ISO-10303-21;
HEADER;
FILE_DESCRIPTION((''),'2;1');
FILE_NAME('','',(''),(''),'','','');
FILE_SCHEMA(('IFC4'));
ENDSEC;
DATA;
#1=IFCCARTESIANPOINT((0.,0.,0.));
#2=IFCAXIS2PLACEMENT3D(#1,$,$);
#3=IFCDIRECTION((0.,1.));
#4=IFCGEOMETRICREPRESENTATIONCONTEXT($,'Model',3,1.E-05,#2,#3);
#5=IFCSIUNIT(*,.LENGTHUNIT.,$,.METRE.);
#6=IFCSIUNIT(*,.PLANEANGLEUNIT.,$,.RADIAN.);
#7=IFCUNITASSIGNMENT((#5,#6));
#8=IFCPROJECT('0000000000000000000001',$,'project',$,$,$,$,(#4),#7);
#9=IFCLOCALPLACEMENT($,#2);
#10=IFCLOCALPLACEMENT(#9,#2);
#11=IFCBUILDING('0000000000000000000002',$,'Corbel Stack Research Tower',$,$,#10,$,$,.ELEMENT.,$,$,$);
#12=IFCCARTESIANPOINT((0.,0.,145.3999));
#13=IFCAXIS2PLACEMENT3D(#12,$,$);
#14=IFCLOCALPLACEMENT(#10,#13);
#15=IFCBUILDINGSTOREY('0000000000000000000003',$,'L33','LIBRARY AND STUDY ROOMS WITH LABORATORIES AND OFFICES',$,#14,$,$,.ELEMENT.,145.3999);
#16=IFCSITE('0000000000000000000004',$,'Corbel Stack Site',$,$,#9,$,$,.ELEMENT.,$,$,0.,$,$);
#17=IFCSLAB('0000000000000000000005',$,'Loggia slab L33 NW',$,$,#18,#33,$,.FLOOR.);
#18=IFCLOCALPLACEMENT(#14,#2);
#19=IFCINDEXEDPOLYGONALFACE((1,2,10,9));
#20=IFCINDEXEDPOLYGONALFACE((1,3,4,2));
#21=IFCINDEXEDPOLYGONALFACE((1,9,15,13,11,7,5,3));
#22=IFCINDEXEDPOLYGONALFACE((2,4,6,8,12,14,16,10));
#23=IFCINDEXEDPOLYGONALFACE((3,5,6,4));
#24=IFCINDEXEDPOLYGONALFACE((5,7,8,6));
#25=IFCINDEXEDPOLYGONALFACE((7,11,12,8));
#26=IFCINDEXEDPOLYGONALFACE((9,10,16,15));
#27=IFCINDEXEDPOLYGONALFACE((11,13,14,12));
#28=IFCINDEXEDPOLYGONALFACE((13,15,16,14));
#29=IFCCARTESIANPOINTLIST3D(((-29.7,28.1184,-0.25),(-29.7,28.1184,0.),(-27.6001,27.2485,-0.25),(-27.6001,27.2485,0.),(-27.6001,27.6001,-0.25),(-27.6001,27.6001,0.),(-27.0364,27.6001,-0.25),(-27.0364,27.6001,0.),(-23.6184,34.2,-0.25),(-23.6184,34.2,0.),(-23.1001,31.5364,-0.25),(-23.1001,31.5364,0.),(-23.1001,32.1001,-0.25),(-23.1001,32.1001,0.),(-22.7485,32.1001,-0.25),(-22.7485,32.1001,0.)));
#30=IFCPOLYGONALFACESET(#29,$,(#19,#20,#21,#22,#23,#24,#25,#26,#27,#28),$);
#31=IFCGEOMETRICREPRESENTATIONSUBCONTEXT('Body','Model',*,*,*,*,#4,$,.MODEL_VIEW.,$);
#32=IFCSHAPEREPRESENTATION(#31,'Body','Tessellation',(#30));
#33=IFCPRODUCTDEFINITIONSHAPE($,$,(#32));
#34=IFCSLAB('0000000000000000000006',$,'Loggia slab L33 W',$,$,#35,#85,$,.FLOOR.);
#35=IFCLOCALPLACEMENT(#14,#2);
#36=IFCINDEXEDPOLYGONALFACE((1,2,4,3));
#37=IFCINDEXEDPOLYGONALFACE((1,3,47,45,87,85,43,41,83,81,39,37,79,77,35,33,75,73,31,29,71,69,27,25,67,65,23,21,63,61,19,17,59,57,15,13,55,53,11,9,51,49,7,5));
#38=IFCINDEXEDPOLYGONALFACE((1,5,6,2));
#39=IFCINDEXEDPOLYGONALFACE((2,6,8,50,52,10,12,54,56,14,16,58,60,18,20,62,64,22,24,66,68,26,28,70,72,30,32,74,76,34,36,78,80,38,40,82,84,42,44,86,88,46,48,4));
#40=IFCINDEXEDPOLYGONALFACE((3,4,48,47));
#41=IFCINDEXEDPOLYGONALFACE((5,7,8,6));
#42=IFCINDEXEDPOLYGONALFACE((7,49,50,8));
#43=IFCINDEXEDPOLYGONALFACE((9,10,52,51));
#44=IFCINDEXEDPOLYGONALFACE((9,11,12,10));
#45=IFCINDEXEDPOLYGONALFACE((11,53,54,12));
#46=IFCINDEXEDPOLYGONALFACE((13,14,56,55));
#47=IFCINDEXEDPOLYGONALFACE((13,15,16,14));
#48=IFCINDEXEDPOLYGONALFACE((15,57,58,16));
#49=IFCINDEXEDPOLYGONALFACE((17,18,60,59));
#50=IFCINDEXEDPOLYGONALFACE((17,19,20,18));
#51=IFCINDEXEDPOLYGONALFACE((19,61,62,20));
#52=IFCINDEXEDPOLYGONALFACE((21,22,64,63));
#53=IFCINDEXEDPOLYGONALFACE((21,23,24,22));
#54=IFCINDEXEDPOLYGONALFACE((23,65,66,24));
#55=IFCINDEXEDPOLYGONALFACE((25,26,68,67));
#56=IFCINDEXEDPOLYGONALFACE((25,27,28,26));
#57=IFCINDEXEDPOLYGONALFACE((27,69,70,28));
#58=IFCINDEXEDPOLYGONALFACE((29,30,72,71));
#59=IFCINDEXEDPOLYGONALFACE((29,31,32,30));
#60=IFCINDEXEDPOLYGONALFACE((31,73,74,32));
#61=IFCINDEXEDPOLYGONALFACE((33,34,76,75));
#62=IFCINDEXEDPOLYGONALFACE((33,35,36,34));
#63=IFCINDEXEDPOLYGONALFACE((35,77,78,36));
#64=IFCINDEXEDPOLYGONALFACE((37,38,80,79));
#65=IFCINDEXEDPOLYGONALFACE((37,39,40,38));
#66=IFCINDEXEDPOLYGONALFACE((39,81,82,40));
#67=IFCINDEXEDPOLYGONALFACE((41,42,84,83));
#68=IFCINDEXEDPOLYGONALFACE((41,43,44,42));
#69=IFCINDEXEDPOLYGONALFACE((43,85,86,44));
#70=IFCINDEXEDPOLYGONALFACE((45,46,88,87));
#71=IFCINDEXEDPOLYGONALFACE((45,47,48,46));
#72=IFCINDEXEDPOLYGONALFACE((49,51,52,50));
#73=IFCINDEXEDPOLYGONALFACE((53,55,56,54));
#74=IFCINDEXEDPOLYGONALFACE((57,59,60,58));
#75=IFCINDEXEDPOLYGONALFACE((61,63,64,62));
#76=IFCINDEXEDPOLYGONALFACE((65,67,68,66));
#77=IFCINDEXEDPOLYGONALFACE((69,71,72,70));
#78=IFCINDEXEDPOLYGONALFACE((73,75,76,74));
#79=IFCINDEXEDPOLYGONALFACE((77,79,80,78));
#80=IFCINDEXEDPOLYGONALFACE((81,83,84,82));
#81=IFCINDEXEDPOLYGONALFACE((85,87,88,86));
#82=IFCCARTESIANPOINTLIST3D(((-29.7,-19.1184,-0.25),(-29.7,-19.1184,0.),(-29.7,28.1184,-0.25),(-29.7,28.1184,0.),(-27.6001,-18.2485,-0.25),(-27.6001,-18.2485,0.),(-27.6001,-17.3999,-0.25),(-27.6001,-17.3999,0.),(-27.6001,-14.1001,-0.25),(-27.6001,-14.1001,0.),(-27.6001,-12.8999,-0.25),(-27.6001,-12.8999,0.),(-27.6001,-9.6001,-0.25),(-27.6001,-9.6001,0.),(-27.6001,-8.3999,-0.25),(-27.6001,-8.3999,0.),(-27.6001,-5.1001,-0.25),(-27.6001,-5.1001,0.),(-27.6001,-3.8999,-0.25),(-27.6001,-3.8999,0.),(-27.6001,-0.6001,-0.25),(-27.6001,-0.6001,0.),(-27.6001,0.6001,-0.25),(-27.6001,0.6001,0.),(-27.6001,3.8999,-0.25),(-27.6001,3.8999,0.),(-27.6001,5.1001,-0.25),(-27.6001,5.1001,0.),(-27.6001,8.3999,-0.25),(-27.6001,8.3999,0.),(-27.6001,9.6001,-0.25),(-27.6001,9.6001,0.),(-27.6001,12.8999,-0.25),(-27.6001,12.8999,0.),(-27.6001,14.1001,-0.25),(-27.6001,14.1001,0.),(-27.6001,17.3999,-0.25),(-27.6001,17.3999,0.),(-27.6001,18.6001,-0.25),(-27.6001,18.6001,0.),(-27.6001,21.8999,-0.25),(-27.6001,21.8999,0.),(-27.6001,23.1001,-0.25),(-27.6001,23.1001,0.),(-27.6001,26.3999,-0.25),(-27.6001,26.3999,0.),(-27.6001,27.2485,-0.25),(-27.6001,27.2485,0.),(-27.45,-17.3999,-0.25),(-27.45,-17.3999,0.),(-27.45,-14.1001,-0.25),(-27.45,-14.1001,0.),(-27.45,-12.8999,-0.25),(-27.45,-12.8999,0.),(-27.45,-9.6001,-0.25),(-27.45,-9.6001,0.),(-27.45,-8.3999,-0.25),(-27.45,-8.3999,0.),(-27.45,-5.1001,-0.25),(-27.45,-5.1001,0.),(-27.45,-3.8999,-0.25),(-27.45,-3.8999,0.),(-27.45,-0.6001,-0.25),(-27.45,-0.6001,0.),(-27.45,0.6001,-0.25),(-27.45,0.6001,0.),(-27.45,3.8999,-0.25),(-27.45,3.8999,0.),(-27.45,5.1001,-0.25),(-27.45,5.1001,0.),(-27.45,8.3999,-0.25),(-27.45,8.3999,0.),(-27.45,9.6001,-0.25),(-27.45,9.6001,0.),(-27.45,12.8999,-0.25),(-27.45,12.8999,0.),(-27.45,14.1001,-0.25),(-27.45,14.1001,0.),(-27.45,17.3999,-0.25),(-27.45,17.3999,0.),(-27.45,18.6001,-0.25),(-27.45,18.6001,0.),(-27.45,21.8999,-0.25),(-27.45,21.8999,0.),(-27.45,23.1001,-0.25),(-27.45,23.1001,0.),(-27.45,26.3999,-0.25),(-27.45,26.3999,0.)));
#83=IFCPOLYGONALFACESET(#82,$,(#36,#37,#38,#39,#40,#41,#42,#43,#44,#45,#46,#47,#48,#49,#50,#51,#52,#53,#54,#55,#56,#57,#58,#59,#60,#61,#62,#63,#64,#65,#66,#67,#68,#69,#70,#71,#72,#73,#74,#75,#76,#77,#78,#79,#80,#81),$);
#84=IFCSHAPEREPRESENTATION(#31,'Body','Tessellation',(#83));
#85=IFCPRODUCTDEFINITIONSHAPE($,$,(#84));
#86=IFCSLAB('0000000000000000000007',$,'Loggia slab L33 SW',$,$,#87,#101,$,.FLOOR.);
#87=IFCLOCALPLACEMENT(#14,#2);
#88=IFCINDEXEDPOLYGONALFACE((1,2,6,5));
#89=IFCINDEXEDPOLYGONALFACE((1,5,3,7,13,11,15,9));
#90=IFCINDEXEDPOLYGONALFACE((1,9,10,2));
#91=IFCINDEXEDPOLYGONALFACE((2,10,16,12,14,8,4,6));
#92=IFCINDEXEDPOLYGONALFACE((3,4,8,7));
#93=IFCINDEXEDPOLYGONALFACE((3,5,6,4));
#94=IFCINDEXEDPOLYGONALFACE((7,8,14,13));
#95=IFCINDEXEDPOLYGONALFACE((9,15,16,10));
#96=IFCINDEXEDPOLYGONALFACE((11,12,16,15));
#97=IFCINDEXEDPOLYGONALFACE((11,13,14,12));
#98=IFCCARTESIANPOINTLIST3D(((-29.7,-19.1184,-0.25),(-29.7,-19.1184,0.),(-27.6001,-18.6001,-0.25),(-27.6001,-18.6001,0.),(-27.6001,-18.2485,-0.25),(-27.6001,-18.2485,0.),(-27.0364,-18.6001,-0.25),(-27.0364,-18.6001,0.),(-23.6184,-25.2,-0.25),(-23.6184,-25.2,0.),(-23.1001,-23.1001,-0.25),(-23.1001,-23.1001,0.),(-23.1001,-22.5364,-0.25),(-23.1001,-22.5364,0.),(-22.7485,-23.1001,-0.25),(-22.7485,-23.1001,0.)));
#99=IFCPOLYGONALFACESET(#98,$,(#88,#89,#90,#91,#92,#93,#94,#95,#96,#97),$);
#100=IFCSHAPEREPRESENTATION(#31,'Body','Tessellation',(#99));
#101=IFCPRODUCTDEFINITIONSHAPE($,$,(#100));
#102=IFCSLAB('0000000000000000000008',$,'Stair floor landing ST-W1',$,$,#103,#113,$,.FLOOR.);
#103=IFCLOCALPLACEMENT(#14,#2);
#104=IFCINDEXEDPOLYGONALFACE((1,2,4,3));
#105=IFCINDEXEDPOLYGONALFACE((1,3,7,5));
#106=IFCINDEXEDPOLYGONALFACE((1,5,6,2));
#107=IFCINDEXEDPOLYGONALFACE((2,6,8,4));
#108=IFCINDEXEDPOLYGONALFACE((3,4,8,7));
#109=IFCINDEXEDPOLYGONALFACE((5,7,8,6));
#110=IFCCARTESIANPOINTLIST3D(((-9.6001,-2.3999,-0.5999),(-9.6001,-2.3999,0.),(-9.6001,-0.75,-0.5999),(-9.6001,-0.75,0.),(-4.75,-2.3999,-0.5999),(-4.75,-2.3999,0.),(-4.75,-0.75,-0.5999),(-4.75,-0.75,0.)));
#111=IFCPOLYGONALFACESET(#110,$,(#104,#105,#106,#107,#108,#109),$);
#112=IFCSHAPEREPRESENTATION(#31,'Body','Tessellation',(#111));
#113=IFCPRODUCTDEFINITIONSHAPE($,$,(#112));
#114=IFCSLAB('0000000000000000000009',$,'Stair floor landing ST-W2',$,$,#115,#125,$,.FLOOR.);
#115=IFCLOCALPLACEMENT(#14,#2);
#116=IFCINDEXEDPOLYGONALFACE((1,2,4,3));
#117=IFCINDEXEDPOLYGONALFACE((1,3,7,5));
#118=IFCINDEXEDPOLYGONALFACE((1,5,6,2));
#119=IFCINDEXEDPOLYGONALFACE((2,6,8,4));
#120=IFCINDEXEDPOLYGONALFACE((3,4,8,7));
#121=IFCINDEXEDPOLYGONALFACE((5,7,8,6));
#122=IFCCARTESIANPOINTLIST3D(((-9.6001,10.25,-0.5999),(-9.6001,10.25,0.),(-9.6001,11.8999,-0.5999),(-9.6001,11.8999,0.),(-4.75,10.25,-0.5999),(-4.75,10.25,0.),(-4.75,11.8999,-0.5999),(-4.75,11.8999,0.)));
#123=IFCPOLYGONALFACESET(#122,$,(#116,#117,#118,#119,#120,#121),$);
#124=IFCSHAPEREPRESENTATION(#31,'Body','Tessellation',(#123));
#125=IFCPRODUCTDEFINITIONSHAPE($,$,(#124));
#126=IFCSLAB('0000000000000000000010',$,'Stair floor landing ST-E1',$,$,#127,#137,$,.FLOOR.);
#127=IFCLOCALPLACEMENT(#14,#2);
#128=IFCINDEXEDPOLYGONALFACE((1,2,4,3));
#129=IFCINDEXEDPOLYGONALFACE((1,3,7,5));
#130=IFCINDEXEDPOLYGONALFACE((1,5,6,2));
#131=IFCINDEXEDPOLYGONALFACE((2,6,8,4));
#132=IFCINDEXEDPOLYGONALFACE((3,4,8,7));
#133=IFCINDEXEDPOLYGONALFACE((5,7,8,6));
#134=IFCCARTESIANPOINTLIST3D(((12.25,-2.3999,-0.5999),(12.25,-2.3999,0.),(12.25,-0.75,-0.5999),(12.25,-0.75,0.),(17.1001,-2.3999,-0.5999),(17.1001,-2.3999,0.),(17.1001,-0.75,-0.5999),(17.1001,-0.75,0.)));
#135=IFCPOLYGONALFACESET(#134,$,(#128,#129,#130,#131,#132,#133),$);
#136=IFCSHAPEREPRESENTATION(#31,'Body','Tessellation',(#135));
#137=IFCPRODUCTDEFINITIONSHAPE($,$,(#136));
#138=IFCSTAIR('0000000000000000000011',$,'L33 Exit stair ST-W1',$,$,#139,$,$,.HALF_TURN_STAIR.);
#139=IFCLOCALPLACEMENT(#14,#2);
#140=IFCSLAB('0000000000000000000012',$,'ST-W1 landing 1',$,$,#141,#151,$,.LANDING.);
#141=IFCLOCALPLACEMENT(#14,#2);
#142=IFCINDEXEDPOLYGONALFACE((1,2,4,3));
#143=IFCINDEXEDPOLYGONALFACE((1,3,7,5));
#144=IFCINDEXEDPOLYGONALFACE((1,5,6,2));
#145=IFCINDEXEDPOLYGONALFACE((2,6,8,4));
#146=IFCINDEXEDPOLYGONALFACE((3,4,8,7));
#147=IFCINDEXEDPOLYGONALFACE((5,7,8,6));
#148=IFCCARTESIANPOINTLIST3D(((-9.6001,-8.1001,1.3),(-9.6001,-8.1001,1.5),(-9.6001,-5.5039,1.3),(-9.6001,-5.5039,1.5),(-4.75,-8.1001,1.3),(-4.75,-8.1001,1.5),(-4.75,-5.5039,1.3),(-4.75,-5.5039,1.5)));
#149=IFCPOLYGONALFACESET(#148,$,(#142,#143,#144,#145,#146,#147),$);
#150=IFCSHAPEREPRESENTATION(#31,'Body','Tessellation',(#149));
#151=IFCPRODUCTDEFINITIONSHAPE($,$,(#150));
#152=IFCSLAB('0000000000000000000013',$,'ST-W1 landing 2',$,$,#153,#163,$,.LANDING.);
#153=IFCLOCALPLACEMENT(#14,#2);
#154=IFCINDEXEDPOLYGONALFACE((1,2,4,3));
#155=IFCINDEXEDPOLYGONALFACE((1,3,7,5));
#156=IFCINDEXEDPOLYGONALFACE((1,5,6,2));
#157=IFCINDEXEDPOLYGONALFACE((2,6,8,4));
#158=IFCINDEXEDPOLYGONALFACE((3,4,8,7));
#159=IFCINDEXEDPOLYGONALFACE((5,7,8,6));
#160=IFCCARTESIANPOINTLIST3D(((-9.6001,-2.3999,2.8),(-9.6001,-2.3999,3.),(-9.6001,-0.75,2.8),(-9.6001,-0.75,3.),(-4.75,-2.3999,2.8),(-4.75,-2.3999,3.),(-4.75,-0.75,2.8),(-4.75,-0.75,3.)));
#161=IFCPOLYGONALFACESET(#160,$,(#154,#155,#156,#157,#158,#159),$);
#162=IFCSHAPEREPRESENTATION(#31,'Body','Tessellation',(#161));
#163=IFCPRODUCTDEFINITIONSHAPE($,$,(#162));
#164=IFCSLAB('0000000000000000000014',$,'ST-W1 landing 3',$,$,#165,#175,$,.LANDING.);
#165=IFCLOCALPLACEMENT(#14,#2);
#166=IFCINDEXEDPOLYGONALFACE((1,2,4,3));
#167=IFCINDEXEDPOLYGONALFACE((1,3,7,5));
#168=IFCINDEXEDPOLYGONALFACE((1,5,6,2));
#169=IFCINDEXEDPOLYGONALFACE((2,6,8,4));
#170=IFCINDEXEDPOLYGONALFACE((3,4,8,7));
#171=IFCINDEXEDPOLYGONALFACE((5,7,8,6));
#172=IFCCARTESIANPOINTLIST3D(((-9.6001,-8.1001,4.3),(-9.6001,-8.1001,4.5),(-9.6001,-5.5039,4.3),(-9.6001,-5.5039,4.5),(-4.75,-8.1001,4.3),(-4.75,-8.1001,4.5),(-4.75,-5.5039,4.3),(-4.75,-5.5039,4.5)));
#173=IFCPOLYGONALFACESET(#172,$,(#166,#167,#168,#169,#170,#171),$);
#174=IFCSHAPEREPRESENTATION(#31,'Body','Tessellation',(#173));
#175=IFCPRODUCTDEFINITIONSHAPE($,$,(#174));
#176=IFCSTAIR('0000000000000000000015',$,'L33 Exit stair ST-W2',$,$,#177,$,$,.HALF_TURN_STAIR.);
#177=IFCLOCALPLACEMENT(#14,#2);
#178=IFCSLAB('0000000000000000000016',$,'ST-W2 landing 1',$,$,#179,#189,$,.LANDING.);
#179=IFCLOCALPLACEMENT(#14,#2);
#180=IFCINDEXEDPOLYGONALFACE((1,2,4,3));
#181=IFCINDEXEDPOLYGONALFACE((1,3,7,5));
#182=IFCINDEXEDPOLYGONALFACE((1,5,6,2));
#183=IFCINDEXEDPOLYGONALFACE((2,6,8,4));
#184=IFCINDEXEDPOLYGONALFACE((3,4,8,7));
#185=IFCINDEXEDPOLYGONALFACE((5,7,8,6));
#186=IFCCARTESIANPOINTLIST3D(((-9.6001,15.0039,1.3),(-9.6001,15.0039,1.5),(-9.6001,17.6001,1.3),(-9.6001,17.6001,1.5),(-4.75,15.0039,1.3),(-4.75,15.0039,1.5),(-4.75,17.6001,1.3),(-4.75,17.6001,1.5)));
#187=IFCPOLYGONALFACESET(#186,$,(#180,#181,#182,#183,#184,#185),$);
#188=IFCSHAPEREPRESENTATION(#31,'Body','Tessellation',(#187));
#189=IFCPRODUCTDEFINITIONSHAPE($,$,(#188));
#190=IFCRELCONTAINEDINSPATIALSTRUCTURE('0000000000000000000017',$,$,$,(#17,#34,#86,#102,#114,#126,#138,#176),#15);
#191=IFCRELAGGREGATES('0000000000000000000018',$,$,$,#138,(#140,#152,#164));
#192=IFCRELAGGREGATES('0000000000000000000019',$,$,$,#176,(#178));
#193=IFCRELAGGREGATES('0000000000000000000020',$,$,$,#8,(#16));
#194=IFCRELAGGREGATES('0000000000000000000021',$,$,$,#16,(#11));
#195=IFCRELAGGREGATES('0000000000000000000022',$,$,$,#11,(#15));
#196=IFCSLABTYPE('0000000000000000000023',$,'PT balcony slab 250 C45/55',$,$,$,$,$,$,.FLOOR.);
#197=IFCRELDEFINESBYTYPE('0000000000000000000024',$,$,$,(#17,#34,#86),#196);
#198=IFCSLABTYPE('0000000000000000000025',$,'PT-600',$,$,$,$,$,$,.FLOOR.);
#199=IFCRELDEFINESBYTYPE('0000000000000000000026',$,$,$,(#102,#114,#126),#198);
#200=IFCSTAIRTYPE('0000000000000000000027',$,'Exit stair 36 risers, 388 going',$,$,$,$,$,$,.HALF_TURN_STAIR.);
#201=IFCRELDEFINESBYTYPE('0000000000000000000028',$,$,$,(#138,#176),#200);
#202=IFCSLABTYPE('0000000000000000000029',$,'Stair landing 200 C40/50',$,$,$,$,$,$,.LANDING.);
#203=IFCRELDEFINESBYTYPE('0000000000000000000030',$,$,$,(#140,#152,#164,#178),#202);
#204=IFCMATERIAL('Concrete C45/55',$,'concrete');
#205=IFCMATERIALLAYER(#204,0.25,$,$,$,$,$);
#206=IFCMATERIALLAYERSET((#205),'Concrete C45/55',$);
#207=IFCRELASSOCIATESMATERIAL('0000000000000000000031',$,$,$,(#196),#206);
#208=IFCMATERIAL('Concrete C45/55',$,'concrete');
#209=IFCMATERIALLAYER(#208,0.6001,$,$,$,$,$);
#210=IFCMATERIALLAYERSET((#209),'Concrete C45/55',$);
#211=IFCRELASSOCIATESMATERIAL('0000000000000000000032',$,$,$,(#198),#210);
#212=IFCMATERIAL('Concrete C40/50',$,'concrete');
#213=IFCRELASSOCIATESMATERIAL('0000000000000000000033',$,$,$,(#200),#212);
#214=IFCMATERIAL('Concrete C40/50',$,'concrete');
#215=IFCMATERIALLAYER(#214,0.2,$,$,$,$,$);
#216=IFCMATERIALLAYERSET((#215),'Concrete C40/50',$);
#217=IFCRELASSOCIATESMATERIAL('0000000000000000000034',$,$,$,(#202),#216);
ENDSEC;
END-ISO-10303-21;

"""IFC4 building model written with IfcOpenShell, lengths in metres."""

from ifc_helpers import new_model, si_unit, direction, frame, origin, place, context, subcontext, project, spatial, polyline, outline, extrude, material, layer, layer_set, type_object, element, aggregate, save


model = new_model("IFC4")

# Units and contexts
model_context = context("Model", 3, precision=1e-05, world=origin(), true_north=direction((0.0, 1.0)))
body_context = subcontext(model_context, "Body", "Model", "MODEL_VIEW")
ifc_project = project(units=[si_unit("LENGTHUNIT", "METRE"), si_unit("PLANEANGLEUNIT", "RADIAN")], contexts=[model_context])

# Site, building, storey
site_placement = place(None, origin())
site = spatial("IfcSite", under=ifc_project, at=site_placement, Name="Corbel Stack Site", CompositionType="ELEMENT", RefElevation=0.0)
building_placement = place(site_placement, origin())
building = spatial("IfcBuilding", under=site, at=building_placement, Name="Corbel Stack Research Tower", CompositionType="ELEMENT")
storey_placement = place(building_placement, frame((0.0, 0.0, 145.3999)))
storey = spatial("IfcBuildingStorey", under=building, at=storey_placement, Name="L33", Description="LIBRARY AND STUDY ROOMS WITH LABORATORIES AND OFFICES", CompositionType="ELEMENT", Elevation=145.3999)

# Slabs
ifc_material_1 = material(Name="Concrete C45/55", Category="concrete")
ifc_layer_1 = layer(ifc_material_1, 0.25)
ifc_layer_set_1 = layer_set([ifc_layer_1], Name="Concrete C45/55")
slab_type_1 = type_object("IfcSlabType", Name="PT balcony slab 250 C45/55", PredefinedType="FLOOR", material=ifc_layer_set_1)
slab_1_placement = place(storey_placement, frame((0.0, 0.0, -0.25)))
element("IfcSlab", 1, at=slab_1_placement, inside=storey, type_object=slab_type_1, Name="Loggia slab L33 NW", PredefinedType="FLOOR", context=body_context, shape_type="SweptSolid", body=[
    extrude(outline(polyline([(-27.6001, 27.2485), (-27.6001, 27.6001), (-27.0364, 27.6001), (-23.1001, 31.5364), (-23.1001, 32.1001), (-22.7485, 32.1001), (-23.6184, 34.2), (-29.7, 28.1184), (-27.6001, 27.2485)])), origin(), (0.0, 0.0, 1.0), 0.25),
])
slab_2_placement = place(storey_placement, frame((0.0, 0.0, -0.25)))
element("IfcSlab", 2, at=slab_2_placement, inside=storey, type_object=slab_type_1, Name="Loggia slab L33 W", PredefinedType="FLOOR", context=body_context, shape_type="SweptSolid", body=[
    extrude(outline(polyline([(-27.6001, -18.2485), (-27.6001, -17.3999), (-27.45, -17.3999), (-27.45, -14.1001), (-27.6001, -14.1001), (-27.6001, -12.8999), (-27.45, -12.8999), (-27.45, -9.6001), (-27.6001, -9.6001), (-27.6001, -8.3999), (-27.45, -8.3999), (-27.45, -5.1001), (-27.6001, -5.1001), (-27.6001, -3.8999), (-27.45, -3.8999), (-27.45, -0.6001), (-27.6001, -0.6001), (-27.6001, 0.6001), (-27.45, 0.6001), (-27.45, 3.8999), (-27.6001, 3.8999), (-27.6001, 5.1001), (-27.45, 5.1001), (-27.45, 8.3999), (-27.6001, 8.3999), (-27.6001, 9.6001), (-27.45, 9.6001), (-27.45, 12.8999), (-27.6001, 12.8999), (-27.6001, 14.1001), (-27.45, 14.1001), (-27.45, 17.3999), (-27.6001, 17.3999), (-27.6001, 18.6001), (-27.45, 18.6001), (-27.45, 21.8999), (-27.6001, 21.8999), (-27.6001, 23.1001), (-27.45, 23.1001), (-27.45, 26.3999), (-27.6001, 26.3999), (-27.6001, 27.2485), (-29.7, 28.1184), (-29.7, -19.1184), (-27.6001, -18.2485)])), origin(), (0.0, 0.0, 1.0), 0.25),
])
slab_3_placement = place(storey_placement, frame((0.0, 0.0, -0.25)))
element("IfcSlab", 3, at=slab_3_placement, inside=storey, type_object=slab_type_1, Name="Loggia slab L33 SW", PredefinedType="FLOOR", context=body_context, shape_type="SweptSolid", body=[
    extrude(outline(polyline([(-22.7485, -23.1001), (-23.1001, -23.1001), (-23.1001, -22.5364), (-27.0364, -18.6001), (-27.6001, -18.6001), (-27.6001, -18.2485), (-29.7, -19.1184), (-23.6184, -25.2), (-22.7485, -23.1001)])), origin(), (0.0, 0.0, 1.0), 0.25),
])
ifc_material_2 = material(Name="Concrete C45/55", Category="concrete")
ifc_layer_2 = layer(ifc_material_2, 0.6001)
ifc_layer_set_2 = layer_set([ifc_layer_2], Name="Concrete C45/55")
slab_type_2 = type_object("IfcSlabType", Name="PT-600", PredefinedType="FLOOR", material=ifc_layer_set_2)
slab_4_placement = place(storey_placement, frame((0.0, 0.0, -0.5999)))
element("IfcSlab", 4, at=slab_4_placement, inside=storey, type_object=slab_type_2, Name="Stair floor landing ST-W1", PredefinedType="FLOOR", context=body_context, shape_type="SweptSolid", body=[
    extrude(outline(polyline([(-9.6001, -2.3999), (-4.75, -2.3999), (-4.75, -0.75), (-9.6001, -0.75), (-9.6001, -2.3999)])), origin(), (0.0, 0.0, 1.0), 0.5999),
])
slab_5_placement = place(storey_placement, frame((0.0, 0.0, -0.5999)))
element("IfcSlab", 5, at=slab_5_placement, inside=storey, type_object=slab_type_2, Name="Stair floor landing ST-W2", PredefinedType="FLOOR", context=body_context, shape_type="SweptSolid", body=[
    extrude(outline(polyline([(-9.6001, 10.25), (-4.75, 10.25), (-4.75, 11.8999), (-9.6001, 11.8999), (-9.6001, 10.25)])), origin(), (0.0, 0.0, 1.0), 0.5999),
])
slab_6_placement = place(storey_placement, frame((0.0, 0.0, -0.5999)))
element("IfcSlab", 6, at=slab_6_placement, inside=storey, type_object=slab_type_2, Name="Stair floor landing ST-E1", PredefinedType="FLOOR", context=body_context, shape_type="SweptSolid", body=[
    extrude(outline(polyline([(12.25, -2.3999), (17.1001, -2.3999), (17.1001, -0.75), (12.25, -0.75), (12.25, -2.3999)])), origin(), (0.0, 0.0, 1.0), 0.5999),
])

# Stairs, slabs
ifc_material_3 = material(Name="Concrete C40/50", Category="concrete")
stair_type = type_object("IfcStairType", Name="Exit stair 36 risers, 388 going", PredefinedType="HALF_TURN_STAIR", material=ifc_material_3)
stair_1_placement = place(storey_placement, origin())
stair_1 = element("IfcStair", 7, at=stair_1_placement, inside=storey, type_object=stair_type, Name="L33 Exit stair ST-W1", PredefinedType="HALF_TURN_STAIR")
ifc_material_4 = material(Name="Concrete C40/50", Category="concrete")
ifc_layer_3 = layer(ifc_material_4, 0.2)
ifc_layer_set_3 = layer_set([ifc_layer_3], Name="Concrete C40/50")
slab_type_3 = type_object("IfcSlabType", Name="Stair landing 200 C40/50", PredefinedType="LANDING", material=ifc_layer_set_3)
slab_7_placement = place(storey_placement, frame((0.0, 0.0, 1.3)))
slab_7 = element("IfcSlab", 8, at=slab_7_placement, type_object=slab_type_3, Name="ST-W1 landing 1", PredefinedType="LANDING", context=body_context, shape_type="SweptSolid", body=[
    extrude(outline(polyline([(-9.6001, -8.1001), (-9.6001, -5.5039), (-4.75, -5.5039), (-4.75, -8.1001), (-9.6001, -8.1001)])), origin(), (0.0, 0.0, 1.0), 0.2),
])
slab_8_placement = place(storey_placement, frame((0.0, 0.0, 2.8)))
slab_8 = element("IfcSlab", 9, at=slab_8_placement, type_object=slab_type_3, Name="ST-W1 landing 2", PredefinedType="LANDING", context=body_context, shape_type="SweptSolid", body=[
    extrude(outline(polyline([(-9.6001, -2.3999), (-9.6001, -0.75), (-4.75, -0.75), (-4.75, -2.3999), (-9.6001, -2.3999)])), origin(), (0.0, 0.0, 1.0), 0.2),
])
slab_9_placement = place(storey_placement, frame((0.0, 0.0, 4.3)))
slab_9 = element("IfcSlab", 10, at=slab_9_placement, type_object=slab_type_3, Name="ST-W1 landing 3", PredefinedType="LANDING", context=body_context, shape_type="SweptSolid", body=[
    extrude(outline(polyline([(-9.6001, -8.1001), (-9.6001, -5.5039), (-4.75, -5.5039), (-4.75, -8.1001), (-9.6001, -8.1001)])), origin(), (0.0, 0.0, 1.0), 0.2),
])
aggregate(stair_1, [slab_7, slab_8, slab_9])
stair_2_placement = place(storey_placement, origin())
stair_2 = element("IfcStair", 11, at=stair_2_placement, inside=storey, type_object=stair_type, Name="L33 Exit stair ST-W2", PredefinedType="HALF_TURN_STAIR")
slab_10_placement = place(storey_placement, frame((0.0, 0.0, 1.3)))
slab_10 = element("IfcSlab", 12, at=slab_10_placement, type_object=slab_type_3, Name="ST-W2 landing 1", PredefinedType="LANDING", context=body_context, shape_type="SweptSolid", body=[
    extrude(outline(polyline([(-9.6001, 15.0039), (-9.6001, 17.6001), (-4.75, 17.6001), (-4.75, 15.0039), (-9.6001, 15.0039)])), origin(), (0.0, 0.0, 1.0), 0.2),
])
aggregate(stair_2, [slab_10])

save(model, "model.ifc")
